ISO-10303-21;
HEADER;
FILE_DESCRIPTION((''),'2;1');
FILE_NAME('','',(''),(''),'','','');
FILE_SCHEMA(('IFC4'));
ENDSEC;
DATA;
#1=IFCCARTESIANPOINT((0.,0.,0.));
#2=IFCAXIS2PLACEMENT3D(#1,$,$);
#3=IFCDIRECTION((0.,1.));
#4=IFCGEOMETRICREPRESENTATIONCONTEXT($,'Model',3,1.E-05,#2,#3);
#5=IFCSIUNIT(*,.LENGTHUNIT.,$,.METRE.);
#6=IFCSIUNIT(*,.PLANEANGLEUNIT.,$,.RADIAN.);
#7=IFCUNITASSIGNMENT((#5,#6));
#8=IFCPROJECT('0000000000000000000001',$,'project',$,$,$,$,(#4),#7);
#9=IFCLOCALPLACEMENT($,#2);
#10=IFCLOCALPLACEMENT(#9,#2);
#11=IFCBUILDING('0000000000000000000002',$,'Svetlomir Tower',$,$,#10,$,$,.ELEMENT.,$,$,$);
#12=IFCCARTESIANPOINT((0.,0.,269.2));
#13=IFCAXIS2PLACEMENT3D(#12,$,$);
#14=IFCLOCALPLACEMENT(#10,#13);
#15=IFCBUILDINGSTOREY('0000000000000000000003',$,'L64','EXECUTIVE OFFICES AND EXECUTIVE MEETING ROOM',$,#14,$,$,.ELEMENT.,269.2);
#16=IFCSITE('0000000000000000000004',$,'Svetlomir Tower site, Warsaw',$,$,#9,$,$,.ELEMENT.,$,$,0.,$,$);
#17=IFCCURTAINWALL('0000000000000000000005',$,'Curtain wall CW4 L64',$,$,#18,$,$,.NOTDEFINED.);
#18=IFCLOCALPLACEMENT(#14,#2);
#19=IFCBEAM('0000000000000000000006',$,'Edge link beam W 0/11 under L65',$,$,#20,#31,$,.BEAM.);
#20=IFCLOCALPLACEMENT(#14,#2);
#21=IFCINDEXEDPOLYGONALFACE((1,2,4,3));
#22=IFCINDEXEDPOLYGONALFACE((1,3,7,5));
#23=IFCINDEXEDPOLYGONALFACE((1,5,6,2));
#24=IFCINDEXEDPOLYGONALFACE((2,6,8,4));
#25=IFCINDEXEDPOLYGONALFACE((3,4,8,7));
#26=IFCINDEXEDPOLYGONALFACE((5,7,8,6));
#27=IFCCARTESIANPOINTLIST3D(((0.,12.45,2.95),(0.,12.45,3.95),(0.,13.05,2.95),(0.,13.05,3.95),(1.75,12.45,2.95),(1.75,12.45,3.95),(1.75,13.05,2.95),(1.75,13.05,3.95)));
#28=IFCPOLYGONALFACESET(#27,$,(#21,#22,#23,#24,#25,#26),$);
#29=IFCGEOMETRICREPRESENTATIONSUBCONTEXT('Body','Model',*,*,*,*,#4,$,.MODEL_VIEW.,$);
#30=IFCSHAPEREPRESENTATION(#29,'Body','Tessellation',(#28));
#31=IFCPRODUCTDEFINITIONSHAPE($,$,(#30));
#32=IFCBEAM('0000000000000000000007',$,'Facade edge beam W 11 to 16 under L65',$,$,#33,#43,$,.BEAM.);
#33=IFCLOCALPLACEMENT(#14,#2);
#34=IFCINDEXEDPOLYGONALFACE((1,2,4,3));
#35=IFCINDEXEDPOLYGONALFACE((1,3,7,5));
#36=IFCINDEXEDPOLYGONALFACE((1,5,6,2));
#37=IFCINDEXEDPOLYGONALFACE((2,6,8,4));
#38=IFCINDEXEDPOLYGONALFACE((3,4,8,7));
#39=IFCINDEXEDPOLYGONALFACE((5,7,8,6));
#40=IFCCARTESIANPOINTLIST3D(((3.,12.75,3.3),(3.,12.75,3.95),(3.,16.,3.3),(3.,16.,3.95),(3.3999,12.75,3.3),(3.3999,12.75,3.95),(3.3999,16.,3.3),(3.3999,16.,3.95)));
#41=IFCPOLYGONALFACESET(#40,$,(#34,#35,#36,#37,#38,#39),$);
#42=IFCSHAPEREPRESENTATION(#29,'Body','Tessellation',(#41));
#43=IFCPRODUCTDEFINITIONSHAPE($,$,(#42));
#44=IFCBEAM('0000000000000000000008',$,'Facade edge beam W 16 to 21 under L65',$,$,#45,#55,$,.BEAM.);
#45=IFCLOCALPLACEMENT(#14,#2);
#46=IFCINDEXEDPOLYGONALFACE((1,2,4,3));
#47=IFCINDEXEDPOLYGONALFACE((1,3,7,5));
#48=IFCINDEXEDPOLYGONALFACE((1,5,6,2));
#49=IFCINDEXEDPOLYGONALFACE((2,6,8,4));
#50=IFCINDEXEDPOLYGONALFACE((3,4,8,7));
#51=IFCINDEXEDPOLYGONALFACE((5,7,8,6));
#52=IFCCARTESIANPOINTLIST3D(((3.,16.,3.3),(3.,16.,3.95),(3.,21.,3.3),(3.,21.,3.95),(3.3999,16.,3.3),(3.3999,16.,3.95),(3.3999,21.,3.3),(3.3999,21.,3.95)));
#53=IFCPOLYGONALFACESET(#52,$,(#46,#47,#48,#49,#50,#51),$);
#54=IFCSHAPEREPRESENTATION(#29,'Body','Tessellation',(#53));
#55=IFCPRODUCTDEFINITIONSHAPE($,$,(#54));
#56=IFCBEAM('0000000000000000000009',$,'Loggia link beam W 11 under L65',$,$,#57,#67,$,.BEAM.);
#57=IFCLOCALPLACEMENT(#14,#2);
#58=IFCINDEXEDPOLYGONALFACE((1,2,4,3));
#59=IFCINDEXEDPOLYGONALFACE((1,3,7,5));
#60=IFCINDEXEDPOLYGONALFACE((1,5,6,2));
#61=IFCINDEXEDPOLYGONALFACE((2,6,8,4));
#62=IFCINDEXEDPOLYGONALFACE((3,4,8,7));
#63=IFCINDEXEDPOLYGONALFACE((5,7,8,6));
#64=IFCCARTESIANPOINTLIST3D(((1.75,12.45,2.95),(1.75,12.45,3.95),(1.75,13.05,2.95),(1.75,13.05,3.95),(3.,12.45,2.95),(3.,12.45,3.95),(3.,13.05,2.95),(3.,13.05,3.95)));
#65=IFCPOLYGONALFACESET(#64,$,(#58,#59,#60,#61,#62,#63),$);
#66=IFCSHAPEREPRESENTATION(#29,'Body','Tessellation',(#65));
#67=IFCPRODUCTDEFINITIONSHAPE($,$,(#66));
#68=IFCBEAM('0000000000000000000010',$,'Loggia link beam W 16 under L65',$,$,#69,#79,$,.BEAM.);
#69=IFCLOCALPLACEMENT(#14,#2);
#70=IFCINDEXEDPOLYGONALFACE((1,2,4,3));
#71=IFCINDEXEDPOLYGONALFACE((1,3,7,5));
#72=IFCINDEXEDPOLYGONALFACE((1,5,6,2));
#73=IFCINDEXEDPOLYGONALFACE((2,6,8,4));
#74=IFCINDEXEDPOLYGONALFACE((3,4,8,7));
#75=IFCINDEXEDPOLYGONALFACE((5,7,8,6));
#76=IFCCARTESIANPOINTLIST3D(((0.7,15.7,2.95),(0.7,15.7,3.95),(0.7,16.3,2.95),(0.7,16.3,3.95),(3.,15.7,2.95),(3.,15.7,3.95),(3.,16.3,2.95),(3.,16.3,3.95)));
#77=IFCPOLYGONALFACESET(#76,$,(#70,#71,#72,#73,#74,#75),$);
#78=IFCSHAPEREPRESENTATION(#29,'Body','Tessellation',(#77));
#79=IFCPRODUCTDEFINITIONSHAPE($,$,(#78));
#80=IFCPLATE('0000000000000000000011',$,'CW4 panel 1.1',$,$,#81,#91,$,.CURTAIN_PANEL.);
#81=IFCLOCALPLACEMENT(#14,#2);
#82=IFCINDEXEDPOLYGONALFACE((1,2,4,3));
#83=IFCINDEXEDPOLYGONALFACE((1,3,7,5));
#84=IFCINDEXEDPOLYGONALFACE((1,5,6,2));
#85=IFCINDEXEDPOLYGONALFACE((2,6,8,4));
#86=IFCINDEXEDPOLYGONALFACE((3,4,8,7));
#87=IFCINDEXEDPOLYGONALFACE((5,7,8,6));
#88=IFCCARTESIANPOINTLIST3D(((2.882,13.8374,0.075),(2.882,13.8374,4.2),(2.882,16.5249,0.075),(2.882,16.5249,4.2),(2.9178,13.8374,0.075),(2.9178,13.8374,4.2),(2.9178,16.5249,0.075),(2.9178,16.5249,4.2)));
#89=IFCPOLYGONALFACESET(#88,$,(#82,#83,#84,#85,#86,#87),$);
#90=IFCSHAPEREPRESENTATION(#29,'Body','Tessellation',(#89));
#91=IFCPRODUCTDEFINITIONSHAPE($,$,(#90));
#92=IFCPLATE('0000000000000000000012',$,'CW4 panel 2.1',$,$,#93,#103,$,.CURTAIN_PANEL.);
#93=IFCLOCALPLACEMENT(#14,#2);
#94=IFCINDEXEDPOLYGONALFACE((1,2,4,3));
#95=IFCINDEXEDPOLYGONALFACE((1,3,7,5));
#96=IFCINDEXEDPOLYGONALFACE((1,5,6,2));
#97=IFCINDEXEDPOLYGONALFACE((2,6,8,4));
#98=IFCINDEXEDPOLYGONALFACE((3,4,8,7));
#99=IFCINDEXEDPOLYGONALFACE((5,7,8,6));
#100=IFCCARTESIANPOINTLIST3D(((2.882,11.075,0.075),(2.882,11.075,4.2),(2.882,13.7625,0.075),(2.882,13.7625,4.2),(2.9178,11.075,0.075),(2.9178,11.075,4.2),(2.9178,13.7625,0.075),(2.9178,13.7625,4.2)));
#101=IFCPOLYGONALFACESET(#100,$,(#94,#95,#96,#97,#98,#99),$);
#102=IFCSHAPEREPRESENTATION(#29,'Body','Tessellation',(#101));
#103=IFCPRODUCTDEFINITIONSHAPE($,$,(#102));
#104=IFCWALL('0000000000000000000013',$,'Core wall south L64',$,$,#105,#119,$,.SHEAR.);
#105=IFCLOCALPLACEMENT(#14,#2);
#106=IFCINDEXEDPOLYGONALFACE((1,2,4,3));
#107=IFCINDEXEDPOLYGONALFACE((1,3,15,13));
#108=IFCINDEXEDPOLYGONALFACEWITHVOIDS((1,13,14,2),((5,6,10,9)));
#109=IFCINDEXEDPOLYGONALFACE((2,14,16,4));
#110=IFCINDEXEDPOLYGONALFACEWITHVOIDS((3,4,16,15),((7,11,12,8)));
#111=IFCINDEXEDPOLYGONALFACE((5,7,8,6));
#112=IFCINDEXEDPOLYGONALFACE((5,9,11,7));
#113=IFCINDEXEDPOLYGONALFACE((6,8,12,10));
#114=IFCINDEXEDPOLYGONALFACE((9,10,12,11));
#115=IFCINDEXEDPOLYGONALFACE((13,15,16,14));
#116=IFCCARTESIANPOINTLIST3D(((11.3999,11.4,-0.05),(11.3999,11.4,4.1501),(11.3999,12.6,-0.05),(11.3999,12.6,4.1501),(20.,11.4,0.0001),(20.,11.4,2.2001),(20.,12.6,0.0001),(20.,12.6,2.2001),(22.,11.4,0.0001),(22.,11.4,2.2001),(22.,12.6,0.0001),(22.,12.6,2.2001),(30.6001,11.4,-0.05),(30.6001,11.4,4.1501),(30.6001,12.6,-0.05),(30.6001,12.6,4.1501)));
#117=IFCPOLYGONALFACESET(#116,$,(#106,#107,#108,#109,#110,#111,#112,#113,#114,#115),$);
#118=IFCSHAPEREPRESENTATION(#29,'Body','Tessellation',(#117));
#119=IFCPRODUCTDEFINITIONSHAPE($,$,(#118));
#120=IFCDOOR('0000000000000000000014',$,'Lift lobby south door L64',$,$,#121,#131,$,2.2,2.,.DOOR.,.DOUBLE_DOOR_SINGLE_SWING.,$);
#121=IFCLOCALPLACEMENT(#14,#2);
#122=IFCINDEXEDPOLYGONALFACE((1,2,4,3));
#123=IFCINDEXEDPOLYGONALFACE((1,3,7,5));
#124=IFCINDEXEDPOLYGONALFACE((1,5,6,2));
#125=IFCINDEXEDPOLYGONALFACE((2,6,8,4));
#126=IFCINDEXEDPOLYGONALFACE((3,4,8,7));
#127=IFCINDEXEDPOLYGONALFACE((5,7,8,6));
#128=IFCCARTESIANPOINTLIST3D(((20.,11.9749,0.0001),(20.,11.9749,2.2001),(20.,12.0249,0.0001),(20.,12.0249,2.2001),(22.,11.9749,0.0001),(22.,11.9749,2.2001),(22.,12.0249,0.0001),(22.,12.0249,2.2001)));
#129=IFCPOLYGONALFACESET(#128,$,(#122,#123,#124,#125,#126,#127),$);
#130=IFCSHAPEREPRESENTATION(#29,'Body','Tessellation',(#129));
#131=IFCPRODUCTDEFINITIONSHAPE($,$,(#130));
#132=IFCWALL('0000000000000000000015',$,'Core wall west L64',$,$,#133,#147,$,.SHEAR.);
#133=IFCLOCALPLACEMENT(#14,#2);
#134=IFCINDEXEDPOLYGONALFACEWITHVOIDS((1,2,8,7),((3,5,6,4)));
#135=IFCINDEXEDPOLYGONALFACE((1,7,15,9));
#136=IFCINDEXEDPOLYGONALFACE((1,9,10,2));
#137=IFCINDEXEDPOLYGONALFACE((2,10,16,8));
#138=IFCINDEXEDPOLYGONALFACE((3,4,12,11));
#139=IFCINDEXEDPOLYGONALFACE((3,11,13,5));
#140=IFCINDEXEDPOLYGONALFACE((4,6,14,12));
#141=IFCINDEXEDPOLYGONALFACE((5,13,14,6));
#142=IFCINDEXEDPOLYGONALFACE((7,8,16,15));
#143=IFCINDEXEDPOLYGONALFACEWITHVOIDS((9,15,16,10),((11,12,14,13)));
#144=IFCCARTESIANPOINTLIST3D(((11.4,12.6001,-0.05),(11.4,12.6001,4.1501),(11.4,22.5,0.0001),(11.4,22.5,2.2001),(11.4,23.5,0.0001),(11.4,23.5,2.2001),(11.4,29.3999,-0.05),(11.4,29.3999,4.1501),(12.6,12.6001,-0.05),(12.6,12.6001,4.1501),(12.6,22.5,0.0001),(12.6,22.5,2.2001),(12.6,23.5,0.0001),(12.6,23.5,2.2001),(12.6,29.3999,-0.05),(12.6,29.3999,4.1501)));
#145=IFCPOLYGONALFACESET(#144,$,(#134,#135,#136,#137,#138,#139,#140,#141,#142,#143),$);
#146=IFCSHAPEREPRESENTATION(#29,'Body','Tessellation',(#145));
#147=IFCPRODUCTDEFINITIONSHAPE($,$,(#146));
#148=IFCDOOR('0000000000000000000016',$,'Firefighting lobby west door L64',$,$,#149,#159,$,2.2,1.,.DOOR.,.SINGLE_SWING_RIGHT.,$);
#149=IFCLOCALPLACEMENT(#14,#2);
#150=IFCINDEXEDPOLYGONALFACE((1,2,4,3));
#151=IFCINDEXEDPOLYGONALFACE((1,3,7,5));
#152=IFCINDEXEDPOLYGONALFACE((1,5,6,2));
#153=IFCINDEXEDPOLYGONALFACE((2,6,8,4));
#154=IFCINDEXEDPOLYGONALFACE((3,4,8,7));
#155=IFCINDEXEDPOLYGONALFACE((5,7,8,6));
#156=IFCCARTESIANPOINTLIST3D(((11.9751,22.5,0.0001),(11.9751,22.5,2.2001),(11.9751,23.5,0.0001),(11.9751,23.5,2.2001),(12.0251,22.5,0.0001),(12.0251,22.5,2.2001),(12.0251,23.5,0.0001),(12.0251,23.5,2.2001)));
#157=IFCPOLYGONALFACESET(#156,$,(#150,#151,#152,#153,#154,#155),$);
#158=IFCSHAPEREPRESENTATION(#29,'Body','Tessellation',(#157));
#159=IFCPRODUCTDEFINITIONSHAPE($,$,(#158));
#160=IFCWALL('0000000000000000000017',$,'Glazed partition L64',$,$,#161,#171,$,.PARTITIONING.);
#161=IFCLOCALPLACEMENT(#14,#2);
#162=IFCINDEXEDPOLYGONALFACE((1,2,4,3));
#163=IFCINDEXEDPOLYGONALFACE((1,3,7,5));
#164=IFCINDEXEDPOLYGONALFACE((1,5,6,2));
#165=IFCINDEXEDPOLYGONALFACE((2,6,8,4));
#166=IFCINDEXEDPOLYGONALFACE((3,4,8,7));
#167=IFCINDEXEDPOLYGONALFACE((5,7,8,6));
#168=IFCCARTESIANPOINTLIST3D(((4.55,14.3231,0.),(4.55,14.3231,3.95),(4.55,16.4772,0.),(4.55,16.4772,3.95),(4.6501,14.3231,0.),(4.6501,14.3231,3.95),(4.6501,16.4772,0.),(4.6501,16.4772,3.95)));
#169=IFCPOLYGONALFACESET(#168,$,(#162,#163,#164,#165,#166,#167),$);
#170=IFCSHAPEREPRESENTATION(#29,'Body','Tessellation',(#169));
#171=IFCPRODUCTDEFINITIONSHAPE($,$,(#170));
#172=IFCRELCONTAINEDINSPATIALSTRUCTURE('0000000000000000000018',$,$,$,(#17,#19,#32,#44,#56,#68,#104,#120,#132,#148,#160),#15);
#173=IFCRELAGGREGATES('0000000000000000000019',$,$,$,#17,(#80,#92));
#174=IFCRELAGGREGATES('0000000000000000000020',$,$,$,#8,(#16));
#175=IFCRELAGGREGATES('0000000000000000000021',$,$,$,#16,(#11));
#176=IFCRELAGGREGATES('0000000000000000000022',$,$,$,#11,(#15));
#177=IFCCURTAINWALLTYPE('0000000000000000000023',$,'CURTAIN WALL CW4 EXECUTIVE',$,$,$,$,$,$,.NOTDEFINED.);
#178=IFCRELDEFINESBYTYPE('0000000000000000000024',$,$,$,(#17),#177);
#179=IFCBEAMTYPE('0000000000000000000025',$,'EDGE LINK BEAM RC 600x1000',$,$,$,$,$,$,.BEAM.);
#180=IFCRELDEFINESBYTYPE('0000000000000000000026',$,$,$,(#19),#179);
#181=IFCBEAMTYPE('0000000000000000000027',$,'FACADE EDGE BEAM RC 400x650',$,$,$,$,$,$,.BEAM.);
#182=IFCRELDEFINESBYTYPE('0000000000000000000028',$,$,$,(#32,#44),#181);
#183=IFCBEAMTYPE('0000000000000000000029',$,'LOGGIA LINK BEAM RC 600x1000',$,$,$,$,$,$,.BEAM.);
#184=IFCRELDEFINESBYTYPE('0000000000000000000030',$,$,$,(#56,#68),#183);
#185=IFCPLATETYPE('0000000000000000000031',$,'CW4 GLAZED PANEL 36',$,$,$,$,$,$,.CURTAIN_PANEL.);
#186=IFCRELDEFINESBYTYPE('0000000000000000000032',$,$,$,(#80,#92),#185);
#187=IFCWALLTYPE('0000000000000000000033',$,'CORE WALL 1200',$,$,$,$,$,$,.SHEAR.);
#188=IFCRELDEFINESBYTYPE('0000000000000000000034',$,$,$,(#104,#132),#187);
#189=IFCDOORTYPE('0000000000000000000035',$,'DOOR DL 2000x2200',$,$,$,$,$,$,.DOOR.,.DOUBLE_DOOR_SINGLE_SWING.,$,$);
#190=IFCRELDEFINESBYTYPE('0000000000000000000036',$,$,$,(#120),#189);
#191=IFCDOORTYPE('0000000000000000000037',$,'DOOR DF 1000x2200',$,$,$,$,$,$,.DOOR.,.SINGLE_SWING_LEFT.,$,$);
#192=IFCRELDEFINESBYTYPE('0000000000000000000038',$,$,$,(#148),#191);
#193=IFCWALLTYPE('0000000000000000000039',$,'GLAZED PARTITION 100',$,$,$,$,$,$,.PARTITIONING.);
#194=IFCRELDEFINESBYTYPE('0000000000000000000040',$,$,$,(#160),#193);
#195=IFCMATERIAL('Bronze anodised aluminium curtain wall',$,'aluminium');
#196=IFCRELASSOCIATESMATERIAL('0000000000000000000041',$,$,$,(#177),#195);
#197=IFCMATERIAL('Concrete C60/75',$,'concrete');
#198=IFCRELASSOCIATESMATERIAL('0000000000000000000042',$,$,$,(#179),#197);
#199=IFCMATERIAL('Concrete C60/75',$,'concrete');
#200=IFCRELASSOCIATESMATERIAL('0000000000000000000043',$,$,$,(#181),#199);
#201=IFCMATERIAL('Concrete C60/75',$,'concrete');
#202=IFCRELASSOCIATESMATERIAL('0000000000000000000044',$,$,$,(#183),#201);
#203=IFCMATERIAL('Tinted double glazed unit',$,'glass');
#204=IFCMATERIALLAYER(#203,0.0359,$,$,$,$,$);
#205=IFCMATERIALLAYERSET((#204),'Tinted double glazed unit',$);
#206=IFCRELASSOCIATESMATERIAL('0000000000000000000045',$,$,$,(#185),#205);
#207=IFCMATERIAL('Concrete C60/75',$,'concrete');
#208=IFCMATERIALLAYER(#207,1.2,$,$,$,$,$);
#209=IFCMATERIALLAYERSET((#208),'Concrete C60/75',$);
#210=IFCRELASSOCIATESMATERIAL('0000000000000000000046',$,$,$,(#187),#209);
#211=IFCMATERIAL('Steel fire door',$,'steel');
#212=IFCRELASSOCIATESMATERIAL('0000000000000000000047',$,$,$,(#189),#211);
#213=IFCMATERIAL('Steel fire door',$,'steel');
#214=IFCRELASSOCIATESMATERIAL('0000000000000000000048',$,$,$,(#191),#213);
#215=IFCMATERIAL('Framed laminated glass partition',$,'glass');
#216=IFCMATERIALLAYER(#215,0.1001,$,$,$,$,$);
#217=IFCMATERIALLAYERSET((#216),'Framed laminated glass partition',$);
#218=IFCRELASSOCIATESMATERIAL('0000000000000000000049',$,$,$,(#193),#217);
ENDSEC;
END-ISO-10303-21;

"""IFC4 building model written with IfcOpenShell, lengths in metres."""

from ifc_helpers import new_model, si_unit, direction, frame, frame_2d, origin, origin_2d, place, context, subcontext, project, spatial, rectangle, extrude, material, layer, layer_set, material_profile, profile_set, type_object, element, fill, aggregate, save


model = new_model("IFC4")

# Units and contexts
model_context = context("Model", 3, precision=1e-05, world=origin(), true_north=direction((0.0, 1.0)))
body_context = subcontext(model_context, "Body", "Model", "MODEL_VIEW")
ifc_project = project(units=[si_unit("LENGTHUNIT", "METRE"), si_unit("PLANEANGLEUNIT", "RADIAN")], contexts=[model_context])

# Site, building, storey
site_placement = place(None, origin())
site = spatial("IfcSite", under=ifc_project, at=site_placement, Name="Svetlomir Tower site, Warsaw", CompositionType="ELEMENT", RefElevation=0.0)
building_placement = place(site_placement, origin())
building = spatial("IfcBuilding", under=site, at=building_placement, Name="Svetlomir Tower", CompositionType="ELEMENT")
storey_placement = place(building_placement, frame((0.0, 0.0, 269.2)))
storey = spatial("IfcBuildingStorey", under=building, at=storey_placement, Name="L64", Description="EXECUTIVE OFFICES AND EXECUTIVE MEETING ROOM", CompositionType="ELEMENT", Elevation=269.2)

# Curtain wall
ifc_material_1 = material(Name="Bronze anodised aluminium curtain wall", Category="aluminium")
curtain_wall_type = type_object("IfcCurtainWallType", Name="CURTAIN WALL CW4 EXECUTIVE", PredefinedType="NOTDEFINED", material=ifc_material_1)
curtain_wall_1_placement = place(storey_placement, origin())
curtain_wall_1 = element("IfcCurtainWall", 1, at=curtain_wall_1_placement, inside=storey, type_object=curtain_wall_type, Name="Curtain wall CW4 L64", PredefinedType="NOTDEFINED")

# Beams
ifc_material_2 = material(Name="Concrete C60/75", Category="concrete")
ifc_material_profile_1 = material_profile(ifc_material_2, rectangle(XDim=0.6001, YDim=1.0, at=origin_2d()), Name="RC 600x1000")
ifc_profile_set_1 = profile_set([ifc_material_profile_1], Name="Concrete C60/75")
beam_type_1 = type_object("IfcBeamType", Name="EDGE LINK BEAM RC 600x1000", PredefinedType="BEAM", material=ifc_profile_set_1)
beam_1_placement = place(storey_placement, frame((1.75, 12.75, 3.45), z_axis=(-1.0, 0.0, 0.0), x_axis=(0.0, -1.0, 0.0)))
element("IfcBeam", 2, at=beam_1_placement, inside=storey, type_object=beam_type_1, Name="Edge link beam W 0/11 under L65", PredefinedType="BEAM", context=body_context, shape_type="SweptSolid", body=[
    extrude(rectangle(XDim=0.6001, YDim=1.0, at=origin_2d()), origin(), (0.0, 0.0, 1.0), 1.75),
])
ifc_material_3 = material(Name="Concrete C60/75", Category="concrete")
ifc_material_profile_2 = material_profile(ifc_material_3, rectangle(XDim=0.3999, YDim=0.6499, at=origin_2d()), Name="RC 400x650")
ifc_profile_set_2 = profile_set([ifc_material_profile_2], Name="Concrete C60/75")
beam_type_2 = type_object("IfcBeamType", Name="FACADE EDGE BEAM RC 400x650", PredefinedType="BEAM", material=ifc_profile_set_2)
beam_2_placement = place(storey_placement, frame((3.2, 12.75, 3.625), z_axis=(0.0, 1.0, 0.0), x_axis=(-1.0, 0.0, 0.0)))
element("IfcBeam", 3, at=beam_2_placement, inside=storey, type_object=beam_type_2, Name="Facade edge beam W 11 to 16 under L65", PredefinedType="BEAM", context=body_context, shape_type="SweptSolid", body=[
    extrude(rectangle(XDim=0.3999, YDim=0.6499, at=origin_2d()), origin(), (0.0, 0.0, 1.0), 3.25),
])
beam_3_placement = place(storey_placement, frame((3.2, 16.0, 3.625), z_axis=(0.0, 1.0, 0.0), x_axis=(-1.0, 0.0, 0.0)))
element("IfcBeam", 4, at=beam_3_placement, inside=storey, type_object=beam_type_2, Name="Facade edge beam W 16 to 21 under L65", PredefinedType="BEAM", context=body_context, shape_type="SweptSolid", body=[
    extrude(rectangle(XDim=0.3999, YDim=0.6499, at=origin_2d()), origin(), (0.0, 0.0, 1.0), 5.0),
])
ifc_material_4 = material(Name="Concrete C60/75", Category="concrete")
ifc_material_profile_3 = material_profile(ifc_material_4, rectangle(XDim=0.6001, YDim=1.0, at=origin_2d()), Name="RC 600x1000")
ifc_profile_set_3 = profile_set([ifc_material_profile_3], Name="Concrete C60/75")
beam_type_3 = type_object("IfcBeamType", Name="LOGGIA LINK BEAM RC 600x1000", PredefinedType="BEAM", material=ifc_profile_set_3)
beam_4_placement = place(storey_placement, frame((1.75, 12.75, 3.45), z_axis=(1.0, 0.0, 0.0), x_axis=(0.0, 1.0, 0.0)))
element("IfcBeam", 5, at=beam_4_placement, inside=storey, type_object=beam_type_3, Name="Loggia link beam W 11 under L65", PredefinedType="BEAM", context=body_context, shape_type="SweptSolid", body=[
    extrude(rectangle(XDim=0.6001, YDim=1.0, at=origin_2d()), origin(), (0.0, 0.0, 1.0), 1.25),
])
beam_5_placement = place(storey_placement, frame((0.7, 16.0, 3.45), z_axis=(1.0, 0.0, 0.0), x_axis=(0.0, 1.0, 0.0)))
element("IfcBeam", 6, at=beam_5_placement, inside=storey, type_object=beam_type_3, Name="Loggia link beam W 16 under L65", PredefinedType="BEAM", context=body_context, shape_type="SweptSolid", body=[
    extrude(rectangle(XDim=0.6001, YDim=1.0, at=origin_2d()), origin(), (0.0, 0.0, 1.0), 2.3),
])

# Plates
ifc_material_5 = material(Name="Tinted double glazed unit", Category="glass")
ifc_layer_1 = layer(ifc_material_5, 0.0359)
ifc_layer_set_1 = layer_set([ifc_layer_1], Name="Tinted double glazed unit")
plate_type = type_object("IfcPlateType", Name="CW4 GLAZED PANEL 36", PredefinedType="CURTAIN_PANEL", material=ifc_layer_set_1)
plate_1_placement = place(storey_placement, frame((2.8999, 15.1812, 0.075), z_axis=(0.0, 0.0, 1.0), x_axis=(0.0, -1.0, 0.0)))
plate_1 = element("IfcPlate", 7, at=plate_1_placement, type_object=plate_type, Name="CW4 panel 1.1", PredefinedType="CURTAIN_PANEL", context=body_context, shape_type="SweptSolid", body=[
    extrude(rectangle(XDim=2.6875, YDim=0.0359, at=origin_2d()), origin(), (0.0, 0.0, 1.0), 4.125),
])
plate_2_placement = place(storey_placement, frame((2.8999, 12.4187, 0.075), z_axis=(0.0, 0.0, 1.0), x_axis=(0.0, -1.0, 0.0)))
plate_2 = element("IfcPlate", 8, at=plate_2_placement, type_object=plate_type, Name="CW4 panel 2.1", PredefinedType="CURTAIN_PANEL", context=body_context, shape_type="SweptSolid", body=[
    extrude(rectangle(XDim=2.6875, YDim=0.0359, at=origin_2d()), origin(), (0.0, 0.0, 1.0), 4.125),
])
aggregate(curtain_wall_1, [plate_1, plate_2])

# Walls, openings, doors
ifc_material_6 = material(Name="Concrete C60/75", Category="concrete")
ifc_layer_2 = layer(ifc_material_6, 1.2)
ifc_layer_set_2 = layer_set([ifc_layer_2], Name="Concrete C60/75")
wall_type_1 = type_object("IfcWallType", Name="CORE WALL 1200", PredefinedType="SHEAR", material=ifc_layer_set_2)
wall_1_placement = place(storey_placement, frame((11.3999, 12.0, -0.05), z_axis=(0.0, 0.0, 1.0), x_axis=(1.0, 0.0, 0.0)))
wall_1 = element("IfcWall", 9, at=wall_1_placement, inside=storey, type_object=wall_type_1, Name="Core wall south L64", PredefinedType="SHEAR", context=body_context, shape_type="SweptSolid", body=[
    extrude(rectangle(XDim=19.2002, YDim=1.2, at=frame_2d((9.6001, 0.0))), origin(), (0.0, 0.0, 1.0), 4.2002),
])
opening_1_placement = place(wall_1_placement, frame((8.6001, 0.0, 0.05)))
opening_1 = element("IfcOpeningElement", 10, at=opening_1_placement, cuts=wall_1, PredefinedType="OPENING", context=body_context, shape_type="SweptSolid", body=[
    extrude(rectangle(XDim=2.0, YDim=2.2, at=frame_2d((1.0, 1.1001))), frame((0.0, 0.6099, 0.0), z_axis=(0.0, -1.0, 0.0), x_axis=(1.0, 0.0, 0.0)), (0.0, 0.0, 1.0), 1.22),
])
ifc_material_7 = material(Name="Steel fire door", Category="steel")
door_type_1 = type_object("IfcDoorType", Name="DOOR DL 2000x2200", OperationType="DOUBLE_DOOR_SINGLE_SWING", PredefinedType="DOOR", material=ifc_material_7)
door_1_placement = place(opening_1_placement, origin())
door_1 = element("IfcDoor", 11, at=door_1_placement, inside=storey, type_object=door_type_1, Name="Lift lobby south door L64", OperationType="DOUBLE_DOOR_SINGLE_SWING", OverallHeight=2.2, OverallWidth=2.0, PredefinedType="DOOR", context=body_context, shape_type="SweptSolid", body=[
    extrude(rectangle(XDim=2.0, YDim=2.2, at=frame_2d((1.0, 1.1001))), frame((0.0, 0.0249, 0.0), z_axis=(0.0, -1.0, 0.0), x_axis=(1.0, 0.0, 0.0)), (0.0, 0.0, 1.0), 0.05),
])
fill(opening_1, door_1)
wall_2_placement = place(storey_placement, frame((12.0, 12.6001, -0.05), z_axis=(0.0, 0.0, 1.0), x_axis=(0.0, 1.0, 0.0)))
wall_2 = element("IfcWall", 12, at=wall_2_placement, inside=storey, type_object=wall_type_1, Name="Core wall west L64", PredefinedType="SHEAR", context=body_context, shape_type="SweptSolid", body=[
    extrude(rectangle(XDim=16.7998, YDim=1.2, at=frame_2d((8.3999, 0.0))), origin(), (0.0, 0.0, 1.0), 4.2002),
])
opening_2_placement = place(wall_2_placement, frame((9.8999, 0.0, 0.05)))
opening_2 = element("IfcOpeningElement", 13, at=opening_2_placement, cuts=wall_2, PredefinedType="OPENING", context=body_context, shape_type="SweptSolid", body=[
    extrude(rectangle(XDim=1.0, YDim=2.2, at=frame_2d((0.5, 1.1001))), frame((0.0, 0.6099, 0.0), z_axis=(0.0, -1.0, 0.0), x_axis=(1.0, 0.0, 0.0)), (0.0, 0.0, 1.0), 1.22),
])
ifc_material_8 = material(Name="Steel fire door", Category="steel")
door_type_2 = type_object("IfcDoorType", Name="DOOR DF 1000x2200", OperationType="SINGLE_SWING_LEFT", PredefinedType="DOOR", material=ifc_material_8)
door_2_placement = place(opening_2_placement, origin())
door_2 = element("IfcDoor", 14, at=door_2_placement, inside=storey, type_object=door_type_2, Name="Firefighting lobby west door L64", OperationType="SINGLE_SWING_RIGHT", OverallHeight=2.2, OverallWidth=1.0, PredefinedType="DOOR", context=body_context, shape_type="SweptSolid", body=[
    extrude(rectangle(XDim=1.0, YDim=2.2, at=frame_2d((0.5, 1.1001))), frame((0.0, 0.0249, 0.0), z_axis=(0.0, -1.0, 0.0), x_axis=(1.0, 0.0, 0.0)), (0.0, 0.0, 1.0), 0.05),
])
fill(opening_2, door_2)

# Wall
ifc_material_9 = material(Name="Framed laminated glass partition", Category="glass")
ifc_layer_3 = layer(ifc_material_9, 0.1001)
ifc_layer_set_3 = layer_set([ifc_layer_3], Name="Framed laminated glass partition")
wall_type_2 = type_object("IfcWallType", Name="GLAZED PARTITION 100", PredefinedType="PARTITIONING", material=ifc_layer_set_3)
wall_3_placement = place(storey_placement, frame((4.6001, 14.323, 0.0), z_axis=(0.0, 0.0, 1.0), x_axis=(0.0, 1.0, 0.0)))
element("IfcWall", 15, at=wall_3_placement, inside=storey, type_object=wall_type_2, Name="Glazed partition L64", PredefinedType="PARTITIONING", context=body_context, shape_type="SweptSolid", body=[
    extrude(rectangle(XDim=2.1541, YDim=0.1001, at=frame_2d((1.0771, 0.0))), origin(), (0.0, 0.0, 1.0), 3.95),
])

save(model, "model.ifc")
